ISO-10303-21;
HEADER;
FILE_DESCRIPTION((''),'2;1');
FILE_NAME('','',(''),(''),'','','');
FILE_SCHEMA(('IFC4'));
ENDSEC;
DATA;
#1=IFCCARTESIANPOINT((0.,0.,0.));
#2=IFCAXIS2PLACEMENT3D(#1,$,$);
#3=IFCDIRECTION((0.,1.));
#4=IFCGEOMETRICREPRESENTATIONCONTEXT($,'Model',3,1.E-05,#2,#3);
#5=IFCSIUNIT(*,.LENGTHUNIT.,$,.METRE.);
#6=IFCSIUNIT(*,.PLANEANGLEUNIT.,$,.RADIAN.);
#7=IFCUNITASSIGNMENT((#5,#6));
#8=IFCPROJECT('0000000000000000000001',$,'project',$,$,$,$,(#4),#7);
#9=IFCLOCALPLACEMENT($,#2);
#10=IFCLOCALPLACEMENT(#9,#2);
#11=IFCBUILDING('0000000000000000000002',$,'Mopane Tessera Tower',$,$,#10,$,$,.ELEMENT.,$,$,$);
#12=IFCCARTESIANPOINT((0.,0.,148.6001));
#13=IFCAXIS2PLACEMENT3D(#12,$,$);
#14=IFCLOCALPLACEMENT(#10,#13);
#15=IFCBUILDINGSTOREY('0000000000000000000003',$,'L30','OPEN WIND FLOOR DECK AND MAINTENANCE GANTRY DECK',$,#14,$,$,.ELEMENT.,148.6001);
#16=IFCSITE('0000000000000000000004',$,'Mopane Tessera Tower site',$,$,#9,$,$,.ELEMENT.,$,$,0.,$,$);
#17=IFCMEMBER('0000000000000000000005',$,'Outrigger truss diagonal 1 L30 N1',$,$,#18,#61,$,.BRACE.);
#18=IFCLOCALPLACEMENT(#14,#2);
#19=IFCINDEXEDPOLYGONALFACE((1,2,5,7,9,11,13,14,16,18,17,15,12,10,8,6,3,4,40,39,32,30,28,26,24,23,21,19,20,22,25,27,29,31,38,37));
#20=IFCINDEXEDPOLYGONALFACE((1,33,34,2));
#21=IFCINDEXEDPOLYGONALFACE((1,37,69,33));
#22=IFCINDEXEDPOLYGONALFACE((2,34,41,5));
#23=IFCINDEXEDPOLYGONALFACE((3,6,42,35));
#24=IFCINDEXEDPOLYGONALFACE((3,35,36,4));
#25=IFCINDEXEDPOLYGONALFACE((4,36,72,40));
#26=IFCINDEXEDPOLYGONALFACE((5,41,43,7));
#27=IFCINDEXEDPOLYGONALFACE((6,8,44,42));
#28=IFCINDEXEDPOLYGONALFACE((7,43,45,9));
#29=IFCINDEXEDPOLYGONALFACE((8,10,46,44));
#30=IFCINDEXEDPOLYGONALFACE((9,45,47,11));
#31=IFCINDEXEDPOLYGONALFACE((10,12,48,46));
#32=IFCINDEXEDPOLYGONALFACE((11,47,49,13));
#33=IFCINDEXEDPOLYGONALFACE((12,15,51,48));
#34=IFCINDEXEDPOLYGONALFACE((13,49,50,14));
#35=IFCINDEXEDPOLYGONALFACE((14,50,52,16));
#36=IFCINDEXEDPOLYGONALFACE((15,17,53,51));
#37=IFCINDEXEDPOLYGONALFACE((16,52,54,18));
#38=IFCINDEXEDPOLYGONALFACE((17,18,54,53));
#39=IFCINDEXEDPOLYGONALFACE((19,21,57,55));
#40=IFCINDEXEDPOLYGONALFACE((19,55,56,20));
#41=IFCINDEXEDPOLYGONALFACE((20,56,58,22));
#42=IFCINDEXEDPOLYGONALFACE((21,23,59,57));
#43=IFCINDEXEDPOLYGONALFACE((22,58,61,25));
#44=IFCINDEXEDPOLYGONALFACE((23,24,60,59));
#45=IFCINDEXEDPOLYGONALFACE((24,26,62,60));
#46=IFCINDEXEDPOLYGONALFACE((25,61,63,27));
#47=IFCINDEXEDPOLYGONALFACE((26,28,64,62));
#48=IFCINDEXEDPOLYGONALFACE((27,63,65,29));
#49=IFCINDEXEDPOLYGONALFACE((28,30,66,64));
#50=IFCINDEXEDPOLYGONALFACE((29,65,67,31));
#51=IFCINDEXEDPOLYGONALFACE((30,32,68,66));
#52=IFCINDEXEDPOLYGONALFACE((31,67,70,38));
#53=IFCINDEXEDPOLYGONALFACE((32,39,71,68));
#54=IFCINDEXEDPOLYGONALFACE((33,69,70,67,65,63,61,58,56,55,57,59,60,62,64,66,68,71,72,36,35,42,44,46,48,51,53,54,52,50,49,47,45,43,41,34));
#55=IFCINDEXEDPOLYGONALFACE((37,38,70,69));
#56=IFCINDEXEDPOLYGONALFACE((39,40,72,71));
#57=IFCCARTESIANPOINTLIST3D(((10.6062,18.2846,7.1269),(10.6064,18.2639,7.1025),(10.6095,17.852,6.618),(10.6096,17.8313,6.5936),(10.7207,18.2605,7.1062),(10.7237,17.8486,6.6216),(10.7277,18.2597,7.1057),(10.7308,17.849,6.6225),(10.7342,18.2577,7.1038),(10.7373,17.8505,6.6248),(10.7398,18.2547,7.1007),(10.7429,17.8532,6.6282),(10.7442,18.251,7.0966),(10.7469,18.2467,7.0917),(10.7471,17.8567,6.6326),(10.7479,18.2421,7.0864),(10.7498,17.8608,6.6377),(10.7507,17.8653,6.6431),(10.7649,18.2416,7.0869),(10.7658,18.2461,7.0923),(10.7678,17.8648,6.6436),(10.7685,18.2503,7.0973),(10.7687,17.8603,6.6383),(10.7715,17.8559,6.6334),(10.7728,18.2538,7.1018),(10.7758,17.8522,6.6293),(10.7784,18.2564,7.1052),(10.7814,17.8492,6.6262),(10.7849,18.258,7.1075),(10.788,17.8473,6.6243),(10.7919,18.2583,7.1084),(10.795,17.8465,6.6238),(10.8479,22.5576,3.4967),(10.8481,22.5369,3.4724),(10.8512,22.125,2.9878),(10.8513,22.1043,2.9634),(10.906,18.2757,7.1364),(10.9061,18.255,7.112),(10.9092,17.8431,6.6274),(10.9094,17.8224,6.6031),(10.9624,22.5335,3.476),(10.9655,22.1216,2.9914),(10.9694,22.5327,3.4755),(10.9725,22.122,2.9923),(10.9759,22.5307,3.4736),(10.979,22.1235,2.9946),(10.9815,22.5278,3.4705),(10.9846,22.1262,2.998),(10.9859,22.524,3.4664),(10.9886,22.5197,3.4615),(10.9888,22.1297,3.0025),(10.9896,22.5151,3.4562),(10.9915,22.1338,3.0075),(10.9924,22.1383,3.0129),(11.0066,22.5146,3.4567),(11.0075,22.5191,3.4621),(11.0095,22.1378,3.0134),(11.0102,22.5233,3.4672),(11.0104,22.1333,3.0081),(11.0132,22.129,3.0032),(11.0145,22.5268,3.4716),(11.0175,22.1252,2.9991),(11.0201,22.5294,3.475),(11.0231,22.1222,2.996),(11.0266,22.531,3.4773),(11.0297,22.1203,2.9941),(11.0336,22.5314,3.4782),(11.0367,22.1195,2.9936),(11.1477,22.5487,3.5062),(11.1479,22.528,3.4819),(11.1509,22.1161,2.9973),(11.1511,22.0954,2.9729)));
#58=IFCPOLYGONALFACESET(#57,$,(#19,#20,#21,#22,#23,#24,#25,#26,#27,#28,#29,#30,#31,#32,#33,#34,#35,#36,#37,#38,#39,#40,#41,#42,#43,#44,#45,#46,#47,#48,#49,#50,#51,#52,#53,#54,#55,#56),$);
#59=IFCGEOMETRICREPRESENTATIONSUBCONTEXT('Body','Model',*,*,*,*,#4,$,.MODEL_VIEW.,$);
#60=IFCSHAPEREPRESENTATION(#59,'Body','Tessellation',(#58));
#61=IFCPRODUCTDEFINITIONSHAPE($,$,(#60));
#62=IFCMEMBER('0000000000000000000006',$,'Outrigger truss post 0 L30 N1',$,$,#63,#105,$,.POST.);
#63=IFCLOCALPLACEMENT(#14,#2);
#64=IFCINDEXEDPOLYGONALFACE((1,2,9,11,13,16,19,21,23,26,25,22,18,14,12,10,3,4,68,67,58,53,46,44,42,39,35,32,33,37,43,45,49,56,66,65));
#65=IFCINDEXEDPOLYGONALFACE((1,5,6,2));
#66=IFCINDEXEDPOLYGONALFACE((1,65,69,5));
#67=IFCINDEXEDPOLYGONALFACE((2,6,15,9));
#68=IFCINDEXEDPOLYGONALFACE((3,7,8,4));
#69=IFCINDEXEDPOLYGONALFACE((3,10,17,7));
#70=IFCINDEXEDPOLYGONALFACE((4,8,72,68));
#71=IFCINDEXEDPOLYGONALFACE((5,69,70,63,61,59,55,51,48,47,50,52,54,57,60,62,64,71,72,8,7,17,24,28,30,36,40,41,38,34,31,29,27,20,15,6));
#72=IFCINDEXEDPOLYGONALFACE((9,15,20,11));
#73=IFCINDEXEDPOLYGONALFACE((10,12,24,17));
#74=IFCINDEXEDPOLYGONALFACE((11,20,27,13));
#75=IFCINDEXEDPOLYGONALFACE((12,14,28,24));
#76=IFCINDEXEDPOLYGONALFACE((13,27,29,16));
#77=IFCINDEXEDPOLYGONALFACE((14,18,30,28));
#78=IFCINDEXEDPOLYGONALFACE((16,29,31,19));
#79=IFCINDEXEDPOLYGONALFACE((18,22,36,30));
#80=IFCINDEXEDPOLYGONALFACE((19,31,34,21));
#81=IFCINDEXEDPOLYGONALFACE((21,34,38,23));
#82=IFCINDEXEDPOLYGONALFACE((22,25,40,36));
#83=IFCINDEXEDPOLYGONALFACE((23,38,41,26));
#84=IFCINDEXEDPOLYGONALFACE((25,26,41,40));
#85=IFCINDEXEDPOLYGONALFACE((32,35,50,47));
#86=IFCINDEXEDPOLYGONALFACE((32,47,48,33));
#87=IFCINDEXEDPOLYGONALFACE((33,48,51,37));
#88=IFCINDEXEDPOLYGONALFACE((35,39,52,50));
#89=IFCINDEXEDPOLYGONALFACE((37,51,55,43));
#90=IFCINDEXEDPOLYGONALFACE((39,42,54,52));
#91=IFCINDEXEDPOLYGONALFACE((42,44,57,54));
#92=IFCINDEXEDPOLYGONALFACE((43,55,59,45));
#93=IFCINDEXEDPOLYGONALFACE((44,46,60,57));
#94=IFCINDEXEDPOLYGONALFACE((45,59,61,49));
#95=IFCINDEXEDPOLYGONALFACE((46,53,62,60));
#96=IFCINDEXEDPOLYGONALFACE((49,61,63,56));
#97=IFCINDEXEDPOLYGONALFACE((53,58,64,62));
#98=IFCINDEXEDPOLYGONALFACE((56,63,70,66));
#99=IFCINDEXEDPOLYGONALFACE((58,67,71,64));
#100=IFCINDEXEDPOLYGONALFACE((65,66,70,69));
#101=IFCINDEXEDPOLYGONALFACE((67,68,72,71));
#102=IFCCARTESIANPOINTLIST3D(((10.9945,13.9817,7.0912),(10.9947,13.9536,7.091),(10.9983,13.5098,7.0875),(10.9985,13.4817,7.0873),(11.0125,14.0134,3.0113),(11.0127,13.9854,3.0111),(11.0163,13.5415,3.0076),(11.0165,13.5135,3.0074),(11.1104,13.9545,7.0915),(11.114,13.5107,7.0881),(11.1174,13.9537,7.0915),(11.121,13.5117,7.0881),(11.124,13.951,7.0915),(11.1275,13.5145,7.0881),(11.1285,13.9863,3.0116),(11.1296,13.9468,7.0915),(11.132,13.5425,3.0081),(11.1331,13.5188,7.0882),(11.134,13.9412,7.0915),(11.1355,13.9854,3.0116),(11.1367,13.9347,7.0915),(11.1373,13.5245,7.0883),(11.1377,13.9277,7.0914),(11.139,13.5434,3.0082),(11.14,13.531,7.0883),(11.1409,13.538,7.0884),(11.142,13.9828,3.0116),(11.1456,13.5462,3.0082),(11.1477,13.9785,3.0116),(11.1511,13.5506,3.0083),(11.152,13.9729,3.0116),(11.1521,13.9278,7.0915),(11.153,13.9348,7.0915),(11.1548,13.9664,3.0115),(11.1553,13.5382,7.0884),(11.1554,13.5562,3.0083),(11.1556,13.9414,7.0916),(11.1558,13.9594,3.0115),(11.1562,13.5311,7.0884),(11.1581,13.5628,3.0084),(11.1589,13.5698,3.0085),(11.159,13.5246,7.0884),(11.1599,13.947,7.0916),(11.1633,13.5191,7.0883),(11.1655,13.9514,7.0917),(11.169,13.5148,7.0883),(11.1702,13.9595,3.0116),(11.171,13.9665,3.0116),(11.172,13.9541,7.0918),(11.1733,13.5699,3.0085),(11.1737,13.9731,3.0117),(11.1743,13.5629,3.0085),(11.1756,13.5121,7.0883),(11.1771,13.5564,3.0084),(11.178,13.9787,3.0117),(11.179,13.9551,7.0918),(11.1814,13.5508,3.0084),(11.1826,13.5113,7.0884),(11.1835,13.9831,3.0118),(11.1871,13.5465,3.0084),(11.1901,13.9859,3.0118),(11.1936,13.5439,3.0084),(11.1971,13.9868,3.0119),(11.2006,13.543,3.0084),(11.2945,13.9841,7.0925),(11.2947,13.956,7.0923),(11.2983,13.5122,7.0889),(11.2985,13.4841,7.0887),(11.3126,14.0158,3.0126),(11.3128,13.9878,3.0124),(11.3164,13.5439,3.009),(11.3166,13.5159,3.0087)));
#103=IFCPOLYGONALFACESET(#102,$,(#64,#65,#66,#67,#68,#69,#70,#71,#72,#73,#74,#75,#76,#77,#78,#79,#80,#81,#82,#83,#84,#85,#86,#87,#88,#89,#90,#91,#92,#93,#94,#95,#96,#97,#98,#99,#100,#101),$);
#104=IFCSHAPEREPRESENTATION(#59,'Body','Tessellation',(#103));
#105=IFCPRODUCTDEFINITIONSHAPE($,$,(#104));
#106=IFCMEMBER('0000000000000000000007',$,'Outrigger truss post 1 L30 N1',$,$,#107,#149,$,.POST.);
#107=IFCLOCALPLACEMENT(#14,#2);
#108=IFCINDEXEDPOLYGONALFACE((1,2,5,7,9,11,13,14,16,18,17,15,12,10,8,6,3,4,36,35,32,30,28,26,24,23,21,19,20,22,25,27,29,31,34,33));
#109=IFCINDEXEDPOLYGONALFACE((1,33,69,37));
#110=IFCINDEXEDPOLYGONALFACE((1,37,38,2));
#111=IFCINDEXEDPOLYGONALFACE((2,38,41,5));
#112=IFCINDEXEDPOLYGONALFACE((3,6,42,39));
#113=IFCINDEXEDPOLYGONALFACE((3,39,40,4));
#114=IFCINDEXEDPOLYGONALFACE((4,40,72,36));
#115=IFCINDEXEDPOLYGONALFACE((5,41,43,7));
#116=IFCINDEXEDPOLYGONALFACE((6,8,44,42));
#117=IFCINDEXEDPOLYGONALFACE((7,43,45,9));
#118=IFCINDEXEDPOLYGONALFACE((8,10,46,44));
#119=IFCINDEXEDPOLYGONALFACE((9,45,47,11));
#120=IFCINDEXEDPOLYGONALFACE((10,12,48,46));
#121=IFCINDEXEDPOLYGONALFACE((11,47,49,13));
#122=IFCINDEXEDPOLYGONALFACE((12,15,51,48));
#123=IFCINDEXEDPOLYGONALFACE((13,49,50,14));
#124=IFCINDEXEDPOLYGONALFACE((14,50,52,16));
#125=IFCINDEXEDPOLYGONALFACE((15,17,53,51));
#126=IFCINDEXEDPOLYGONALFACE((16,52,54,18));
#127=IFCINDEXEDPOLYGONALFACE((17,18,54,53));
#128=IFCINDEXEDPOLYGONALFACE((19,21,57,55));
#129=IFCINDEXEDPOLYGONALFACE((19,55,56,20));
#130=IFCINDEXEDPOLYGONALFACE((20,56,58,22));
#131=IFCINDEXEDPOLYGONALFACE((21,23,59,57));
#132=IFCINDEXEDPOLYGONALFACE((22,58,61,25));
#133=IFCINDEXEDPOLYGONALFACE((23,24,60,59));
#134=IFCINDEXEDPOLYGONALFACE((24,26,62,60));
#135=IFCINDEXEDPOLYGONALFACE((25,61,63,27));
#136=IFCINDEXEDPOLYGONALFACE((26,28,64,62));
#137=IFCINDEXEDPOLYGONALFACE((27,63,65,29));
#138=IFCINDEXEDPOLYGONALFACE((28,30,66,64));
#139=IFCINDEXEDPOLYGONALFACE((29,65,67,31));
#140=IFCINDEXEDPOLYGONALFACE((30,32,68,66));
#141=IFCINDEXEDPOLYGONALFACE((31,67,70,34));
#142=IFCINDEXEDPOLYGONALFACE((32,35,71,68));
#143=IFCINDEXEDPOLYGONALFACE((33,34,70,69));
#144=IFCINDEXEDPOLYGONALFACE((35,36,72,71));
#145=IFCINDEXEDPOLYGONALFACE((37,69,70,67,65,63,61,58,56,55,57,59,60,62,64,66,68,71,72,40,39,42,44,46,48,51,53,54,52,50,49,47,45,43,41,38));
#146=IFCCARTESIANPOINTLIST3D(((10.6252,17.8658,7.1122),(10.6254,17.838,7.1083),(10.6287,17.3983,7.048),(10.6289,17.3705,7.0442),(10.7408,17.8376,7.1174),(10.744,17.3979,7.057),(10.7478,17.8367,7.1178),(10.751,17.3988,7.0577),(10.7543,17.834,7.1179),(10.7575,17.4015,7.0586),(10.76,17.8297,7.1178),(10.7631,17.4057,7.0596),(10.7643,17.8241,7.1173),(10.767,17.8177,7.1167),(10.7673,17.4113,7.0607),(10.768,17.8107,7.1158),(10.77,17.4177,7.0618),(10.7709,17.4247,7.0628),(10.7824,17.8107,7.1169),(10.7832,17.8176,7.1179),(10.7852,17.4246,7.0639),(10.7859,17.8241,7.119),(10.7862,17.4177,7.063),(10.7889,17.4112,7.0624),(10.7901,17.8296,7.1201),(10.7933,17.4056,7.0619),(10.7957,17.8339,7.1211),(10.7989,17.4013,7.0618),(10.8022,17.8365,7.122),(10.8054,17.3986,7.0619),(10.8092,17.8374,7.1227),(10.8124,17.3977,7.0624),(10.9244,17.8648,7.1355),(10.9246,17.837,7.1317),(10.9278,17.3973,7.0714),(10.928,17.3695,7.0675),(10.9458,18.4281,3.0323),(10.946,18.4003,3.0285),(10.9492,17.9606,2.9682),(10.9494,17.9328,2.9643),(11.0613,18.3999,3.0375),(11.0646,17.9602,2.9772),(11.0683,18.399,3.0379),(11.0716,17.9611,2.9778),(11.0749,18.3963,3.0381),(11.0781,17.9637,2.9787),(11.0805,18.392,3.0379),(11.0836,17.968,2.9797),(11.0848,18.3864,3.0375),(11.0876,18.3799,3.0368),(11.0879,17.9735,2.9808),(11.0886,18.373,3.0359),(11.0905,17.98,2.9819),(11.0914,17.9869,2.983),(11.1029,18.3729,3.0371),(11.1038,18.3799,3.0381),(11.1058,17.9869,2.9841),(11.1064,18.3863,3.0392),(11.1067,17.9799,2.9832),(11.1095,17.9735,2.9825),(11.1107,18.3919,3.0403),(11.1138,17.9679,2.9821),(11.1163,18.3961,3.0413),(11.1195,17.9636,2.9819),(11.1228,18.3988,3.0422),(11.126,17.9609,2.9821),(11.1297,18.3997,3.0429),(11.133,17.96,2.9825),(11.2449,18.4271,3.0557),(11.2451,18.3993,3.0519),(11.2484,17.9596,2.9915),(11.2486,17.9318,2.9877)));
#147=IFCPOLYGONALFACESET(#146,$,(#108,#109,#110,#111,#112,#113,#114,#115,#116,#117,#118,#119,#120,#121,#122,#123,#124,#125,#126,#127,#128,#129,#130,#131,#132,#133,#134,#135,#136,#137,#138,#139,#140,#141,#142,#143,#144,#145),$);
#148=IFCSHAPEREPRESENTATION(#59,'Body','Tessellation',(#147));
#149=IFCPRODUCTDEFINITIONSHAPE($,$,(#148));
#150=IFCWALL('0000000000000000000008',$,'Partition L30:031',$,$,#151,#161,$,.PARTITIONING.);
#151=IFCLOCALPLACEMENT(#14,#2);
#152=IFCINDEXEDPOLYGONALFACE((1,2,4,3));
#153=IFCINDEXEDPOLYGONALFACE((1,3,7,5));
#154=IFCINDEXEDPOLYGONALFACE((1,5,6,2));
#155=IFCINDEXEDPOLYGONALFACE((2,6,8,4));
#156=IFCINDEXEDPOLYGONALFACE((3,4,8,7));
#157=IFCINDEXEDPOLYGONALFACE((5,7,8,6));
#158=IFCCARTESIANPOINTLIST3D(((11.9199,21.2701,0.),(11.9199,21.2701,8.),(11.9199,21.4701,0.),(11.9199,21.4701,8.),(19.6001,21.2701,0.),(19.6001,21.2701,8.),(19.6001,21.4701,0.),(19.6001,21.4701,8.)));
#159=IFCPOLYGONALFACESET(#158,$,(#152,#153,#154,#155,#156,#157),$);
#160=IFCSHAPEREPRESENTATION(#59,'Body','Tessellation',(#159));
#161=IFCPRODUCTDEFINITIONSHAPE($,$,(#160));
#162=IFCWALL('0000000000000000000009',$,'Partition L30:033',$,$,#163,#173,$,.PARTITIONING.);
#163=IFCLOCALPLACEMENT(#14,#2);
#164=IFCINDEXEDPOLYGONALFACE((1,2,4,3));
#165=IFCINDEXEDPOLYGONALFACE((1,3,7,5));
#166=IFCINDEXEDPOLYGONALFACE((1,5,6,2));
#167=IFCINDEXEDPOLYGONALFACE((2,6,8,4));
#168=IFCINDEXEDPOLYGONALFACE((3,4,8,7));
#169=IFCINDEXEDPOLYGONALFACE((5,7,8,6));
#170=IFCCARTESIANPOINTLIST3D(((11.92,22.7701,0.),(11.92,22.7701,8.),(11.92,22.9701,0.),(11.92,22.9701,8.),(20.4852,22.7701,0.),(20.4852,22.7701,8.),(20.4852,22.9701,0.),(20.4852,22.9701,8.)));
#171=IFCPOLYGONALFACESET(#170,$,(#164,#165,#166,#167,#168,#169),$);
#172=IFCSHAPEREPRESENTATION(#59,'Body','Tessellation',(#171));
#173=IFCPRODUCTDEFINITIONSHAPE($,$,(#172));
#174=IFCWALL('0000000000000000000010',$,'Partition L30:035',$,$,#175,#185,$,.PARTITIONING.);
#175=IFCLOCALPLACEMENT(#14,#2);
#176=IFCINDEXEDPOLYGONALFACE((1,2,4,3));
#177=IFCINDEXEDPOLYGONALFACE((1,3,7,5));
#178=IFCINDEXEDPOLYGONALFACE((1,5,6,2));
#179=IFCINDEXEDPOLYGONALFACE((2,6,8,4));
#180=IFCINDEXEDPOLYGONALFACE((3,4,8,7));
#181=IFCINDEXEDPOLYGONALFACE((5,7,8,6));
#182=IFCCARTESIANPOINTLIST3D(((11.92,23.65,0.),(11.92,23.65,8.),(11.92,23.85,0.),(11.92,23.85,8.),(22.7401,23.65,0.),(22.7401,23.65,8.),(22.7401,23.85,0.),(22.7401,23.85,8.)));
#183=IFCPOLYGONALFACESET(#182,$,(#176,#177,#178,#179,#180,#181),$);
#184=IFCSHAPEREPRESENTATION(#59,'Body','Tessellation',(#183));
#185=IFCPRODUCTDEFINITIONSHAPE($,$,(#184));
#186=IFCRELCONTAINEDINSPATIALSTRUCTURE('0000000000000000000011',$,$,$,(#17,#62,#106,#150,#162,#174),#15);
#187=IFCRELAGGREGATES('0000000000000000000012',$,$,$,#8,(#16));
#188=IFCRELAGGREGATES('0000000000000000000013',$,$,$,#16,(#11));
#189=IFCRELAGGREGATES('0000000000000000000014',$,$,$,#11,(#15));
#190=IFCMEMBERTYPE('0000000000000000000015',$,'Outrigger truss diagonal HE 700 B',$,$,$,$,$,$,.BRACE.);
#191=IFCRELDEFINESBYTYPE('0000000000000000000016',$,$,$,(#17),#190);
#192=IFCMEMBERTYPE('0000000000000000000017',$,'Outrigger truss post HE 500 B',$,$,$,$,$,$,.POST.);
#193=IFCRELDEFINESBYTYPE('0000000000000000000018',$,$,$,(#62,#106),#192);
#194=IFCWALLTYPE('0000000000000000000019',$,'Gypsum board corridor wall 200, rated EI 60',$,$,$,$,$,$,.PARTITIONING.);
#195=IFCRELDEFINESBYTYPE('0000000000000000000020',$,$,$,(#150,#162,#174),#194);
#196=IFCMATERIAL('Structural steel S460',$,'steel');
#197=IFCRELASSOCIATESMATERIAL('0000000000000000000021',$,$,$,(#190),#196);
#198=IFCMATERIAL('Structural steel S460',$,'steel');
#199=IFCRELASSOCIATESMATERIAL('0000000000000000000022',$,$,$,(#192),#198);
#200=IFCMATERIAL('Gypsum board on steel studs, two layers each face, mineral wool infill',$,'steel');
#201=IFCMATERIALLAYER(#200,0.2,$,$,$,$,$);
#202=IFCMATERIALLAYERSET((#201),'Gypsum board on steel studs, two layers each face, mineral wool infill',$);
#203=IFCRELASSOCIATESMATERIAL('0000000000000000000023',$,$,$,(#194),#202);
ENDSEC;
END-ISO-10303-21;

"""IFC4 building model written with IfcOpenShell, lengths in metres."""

from ifc_helpers import new_model, si_unit, direction, frame, frame_2d, origin, origin_2d, place, context, subcontext, project, spatial, rectangle, i_section, extrude, material, layer, layer_set, material_profile, profile_set, type_object, element, save


model = new_model("IFC4")

# Units and contexts
model_context = context("Model", 3, precision=1e-05, world=origin(), true_north=direction((0.0, 1.0)))
body_context = subcontext(model_context, "Body", "Model", "MODEL_VIEW")
ifc_project = project(units=[si_unit("LENGTHUNIT", "METRE"), si_unit("PLANEANGLEUNIT", "RADIAN")], contexts=[model_context])

# Site, building, storey
site_placement = place(None, origin())
site = spatial("IfcSite", under=ifc_project, at=site_placement, Name="Mopane Tessera Tower site", CompositionType="ELEMENT", RefElevation=0.0)
building_placement = place(site_placement, origin())
building = spatial("IfcBuilding", under=site, at=building_placement, Name="Mopane Tessera Tower", CompositionType="ELEMENT")
storey_placement = place(building_placement, frame((0.0, 0.0, 148.6001)))
storey = spatial("IfcBuildingStorey", under=building, at=storey_placement, Name="L30", Description="OPEN WIND FLOOR DECK AND MAINTENANCE GANTRY DECK", CompositionType="ELEMENT", Elevation=148.6001)

# Members
ifc_material_1 = material(Name="Structural steel S460", Category="steel")
ifc_material_profile_1 = material_profile(ifc_material_1, i_section(OverallWidth=0.3, OverallDepth=0.7, WebThickness=0.0171, FlangeThickness=0.032, FilletRadius=0.0271, at=origin_2d()))
ifc_profile_set_1 = profile_set([ifc_material_profile_1], Name="Structural steel S460")
member_type_1 = type_object("IfcMemberType", Name="Outrigger truss diagonal HE 700 B", PredefinedType="BRACE", material=ifc_profile_set_1)
member_1_placement = place(storey_placement, frame((10.7578, 18.0535, 6.865), z_axis=(0.043068, 0.761398, -0.646853), x_axis=(-0.99906, 0.029668, -0.031598)))
element("IfcMember", 1, at=member_1_placement, inside=storey, type_object=member_type_1, Name="Outrigger truss diagonal 1 L30 N1", PredefinedType="BRACE", context=body_context, shape_type="SweptSolid", body=[
    extrude(i_section(OverallWidth=0.3, OverallDepth=0.7, WebThickness=0.0171, FlangeThickness=0.032, FilletRadius=0.0271, at=origin_2d()), origin(), (0.0, 0.0, 1.0), 5.6121),
])
ifc_material_2 = material(Name="Structural steel S460", Category="steel")
ifc_material_profile_2 = material_profile(ifc_material_2, i_section(OverallWidth=0.3, OverallDepth=0.5, WebThickness=0.0144, FlangeThickness=0.0281, FilletRadius=0.0271, at=origin_2d()))
ifc_profile_set_2 = profile_set([ifc_material_profile_2], Name="Structural steel S460")
member_type_2 = type_object("IfcMemberType", Name="Outrigger truss post HE 500 B", PredefinedType="POST", material=ifc_profile_set_2)
member_2_placement = place(storey_placement, frame((11.1646, 13.7646, 3.01), z_axis=(-0.004428, -0.007779, 0.99996), x_axis=(-0.999958, -0.008024, -0.00449)))
element("IfcMember", 2, at=member_2_placement, inside=storey, type_object=member_type_2, Name="Outrigger truss post 0 L30 N1", PredefinedType="POST", context=body_context, shape_type="SweptSolid", body=[
    extrude(i_section(OverallWidth=0.3, OverallDepth=0.5, WebThickness=0.0144, FlangeThickness=0.0281, FilletRadius=0.0271, at=origin_2d()), origin(), (0.0, 0.0, 1.0), 4.0801),
])
member_3_placement = place(storey_placement, frame((11.0972, 18.1799, 3.01), z_axis=(-0.077601, -0.136111, 0.98765), x_axis=(-0.996958, 0.003328, -0.077873)))
element("IfcMember", 3, at=member_3_placement, inside=storey, type_object=member_type_2, Name="Outrigger truss post 1 L30 N1", PredefinedType="POST", context=body_context, shape_type="SweptSolid", body=[
    extrude(i_section(OverallWidth=0.3, OverallDepth=0.5, WebThickness=0.0144, FlangeThickness=0.0281, FilletRadius=0.0271, at=origin_2d()), origin(), (0.0, 0.0, 1.0), 4.1309),
])

# Walls
ifc_material_3 = material(Name="Gypsum board on steel studs, two layers each face, mineral wool infill", Category="steel")
ifc_layer_1 = layer(ifc_material_3, 0.2)
ifc_layer_set_1 = layer_set([ifc_layer_1], Name="Gypsum board on steel studs, two layers each face, mineral wool infill")
wall_type = type_object("IfcWallType", Name="Gypsum board corridor wall 200, rated EI 60", PredefinedType="PARTITIONING", material=ifc_layer_set_1)
wall_1_placement = place(storey_placement, frame((11.9199, 21.3701, 0.0), z_axis=(0.0, 0.0, 1.0), x_axis=(1.0, 0.0, 0.0)))
element("IfcWall", 4, at=wall_1_placement, inside=storey, type_object=wall_type, Name="Partition L30:031", PredefinedType="PARTITIONING", context=body_context, shape_type="SweptSolid", body=[
    extrude(rectangle(XDim=7.6802, YDim=0.2, at=frame_2d((3.8401, 0.0))), origin(), (0.0, 0.0, 1.0), 8.0),
])
wall_2_placement = place(storey_placement, frame((11.9199, 22.8701, 0.0), z_axis=(0.0, 0.0, 1.0), x_axis=(1.0, 0.0, 0.0)))
element("IfcWall", 5, at=wall_2_placement, inside=storey, type_object=wall_type, Name="Partition L30:033", PredefinedType="PARTITIONING", context=body_context, shape_type="SweptSolid", body=[
    extrude(rectangle(XDim=8.5652, YDim=0.2, at=frame_2d((4.2827, 0.0))), origin(), (0.0, 0.0, 1.0), 8.0),
])
wall_3_placement = place(storey_placement, frame((11.9199, 23.75, 0.0), z_axis=(0.0, 0.0, 1.0), x_axis=(1.0, 0.0, 0.0)))
element("IfcWall", 6, at=wall_3_placement, inside=storey, type_object=wall_type, Name="Partition L30:035", PredefinedType="PARTITIONING", context=body_context, shape_type="SweptSolid", body=[
    extrude(rectangle(XDim=10.8201, YDim=0.2, at=frame_2d((5.4102, 0.0))), origin(), (0.0, 0.0, 1.0), 8.0),
])

save(model, "model.ifc")
